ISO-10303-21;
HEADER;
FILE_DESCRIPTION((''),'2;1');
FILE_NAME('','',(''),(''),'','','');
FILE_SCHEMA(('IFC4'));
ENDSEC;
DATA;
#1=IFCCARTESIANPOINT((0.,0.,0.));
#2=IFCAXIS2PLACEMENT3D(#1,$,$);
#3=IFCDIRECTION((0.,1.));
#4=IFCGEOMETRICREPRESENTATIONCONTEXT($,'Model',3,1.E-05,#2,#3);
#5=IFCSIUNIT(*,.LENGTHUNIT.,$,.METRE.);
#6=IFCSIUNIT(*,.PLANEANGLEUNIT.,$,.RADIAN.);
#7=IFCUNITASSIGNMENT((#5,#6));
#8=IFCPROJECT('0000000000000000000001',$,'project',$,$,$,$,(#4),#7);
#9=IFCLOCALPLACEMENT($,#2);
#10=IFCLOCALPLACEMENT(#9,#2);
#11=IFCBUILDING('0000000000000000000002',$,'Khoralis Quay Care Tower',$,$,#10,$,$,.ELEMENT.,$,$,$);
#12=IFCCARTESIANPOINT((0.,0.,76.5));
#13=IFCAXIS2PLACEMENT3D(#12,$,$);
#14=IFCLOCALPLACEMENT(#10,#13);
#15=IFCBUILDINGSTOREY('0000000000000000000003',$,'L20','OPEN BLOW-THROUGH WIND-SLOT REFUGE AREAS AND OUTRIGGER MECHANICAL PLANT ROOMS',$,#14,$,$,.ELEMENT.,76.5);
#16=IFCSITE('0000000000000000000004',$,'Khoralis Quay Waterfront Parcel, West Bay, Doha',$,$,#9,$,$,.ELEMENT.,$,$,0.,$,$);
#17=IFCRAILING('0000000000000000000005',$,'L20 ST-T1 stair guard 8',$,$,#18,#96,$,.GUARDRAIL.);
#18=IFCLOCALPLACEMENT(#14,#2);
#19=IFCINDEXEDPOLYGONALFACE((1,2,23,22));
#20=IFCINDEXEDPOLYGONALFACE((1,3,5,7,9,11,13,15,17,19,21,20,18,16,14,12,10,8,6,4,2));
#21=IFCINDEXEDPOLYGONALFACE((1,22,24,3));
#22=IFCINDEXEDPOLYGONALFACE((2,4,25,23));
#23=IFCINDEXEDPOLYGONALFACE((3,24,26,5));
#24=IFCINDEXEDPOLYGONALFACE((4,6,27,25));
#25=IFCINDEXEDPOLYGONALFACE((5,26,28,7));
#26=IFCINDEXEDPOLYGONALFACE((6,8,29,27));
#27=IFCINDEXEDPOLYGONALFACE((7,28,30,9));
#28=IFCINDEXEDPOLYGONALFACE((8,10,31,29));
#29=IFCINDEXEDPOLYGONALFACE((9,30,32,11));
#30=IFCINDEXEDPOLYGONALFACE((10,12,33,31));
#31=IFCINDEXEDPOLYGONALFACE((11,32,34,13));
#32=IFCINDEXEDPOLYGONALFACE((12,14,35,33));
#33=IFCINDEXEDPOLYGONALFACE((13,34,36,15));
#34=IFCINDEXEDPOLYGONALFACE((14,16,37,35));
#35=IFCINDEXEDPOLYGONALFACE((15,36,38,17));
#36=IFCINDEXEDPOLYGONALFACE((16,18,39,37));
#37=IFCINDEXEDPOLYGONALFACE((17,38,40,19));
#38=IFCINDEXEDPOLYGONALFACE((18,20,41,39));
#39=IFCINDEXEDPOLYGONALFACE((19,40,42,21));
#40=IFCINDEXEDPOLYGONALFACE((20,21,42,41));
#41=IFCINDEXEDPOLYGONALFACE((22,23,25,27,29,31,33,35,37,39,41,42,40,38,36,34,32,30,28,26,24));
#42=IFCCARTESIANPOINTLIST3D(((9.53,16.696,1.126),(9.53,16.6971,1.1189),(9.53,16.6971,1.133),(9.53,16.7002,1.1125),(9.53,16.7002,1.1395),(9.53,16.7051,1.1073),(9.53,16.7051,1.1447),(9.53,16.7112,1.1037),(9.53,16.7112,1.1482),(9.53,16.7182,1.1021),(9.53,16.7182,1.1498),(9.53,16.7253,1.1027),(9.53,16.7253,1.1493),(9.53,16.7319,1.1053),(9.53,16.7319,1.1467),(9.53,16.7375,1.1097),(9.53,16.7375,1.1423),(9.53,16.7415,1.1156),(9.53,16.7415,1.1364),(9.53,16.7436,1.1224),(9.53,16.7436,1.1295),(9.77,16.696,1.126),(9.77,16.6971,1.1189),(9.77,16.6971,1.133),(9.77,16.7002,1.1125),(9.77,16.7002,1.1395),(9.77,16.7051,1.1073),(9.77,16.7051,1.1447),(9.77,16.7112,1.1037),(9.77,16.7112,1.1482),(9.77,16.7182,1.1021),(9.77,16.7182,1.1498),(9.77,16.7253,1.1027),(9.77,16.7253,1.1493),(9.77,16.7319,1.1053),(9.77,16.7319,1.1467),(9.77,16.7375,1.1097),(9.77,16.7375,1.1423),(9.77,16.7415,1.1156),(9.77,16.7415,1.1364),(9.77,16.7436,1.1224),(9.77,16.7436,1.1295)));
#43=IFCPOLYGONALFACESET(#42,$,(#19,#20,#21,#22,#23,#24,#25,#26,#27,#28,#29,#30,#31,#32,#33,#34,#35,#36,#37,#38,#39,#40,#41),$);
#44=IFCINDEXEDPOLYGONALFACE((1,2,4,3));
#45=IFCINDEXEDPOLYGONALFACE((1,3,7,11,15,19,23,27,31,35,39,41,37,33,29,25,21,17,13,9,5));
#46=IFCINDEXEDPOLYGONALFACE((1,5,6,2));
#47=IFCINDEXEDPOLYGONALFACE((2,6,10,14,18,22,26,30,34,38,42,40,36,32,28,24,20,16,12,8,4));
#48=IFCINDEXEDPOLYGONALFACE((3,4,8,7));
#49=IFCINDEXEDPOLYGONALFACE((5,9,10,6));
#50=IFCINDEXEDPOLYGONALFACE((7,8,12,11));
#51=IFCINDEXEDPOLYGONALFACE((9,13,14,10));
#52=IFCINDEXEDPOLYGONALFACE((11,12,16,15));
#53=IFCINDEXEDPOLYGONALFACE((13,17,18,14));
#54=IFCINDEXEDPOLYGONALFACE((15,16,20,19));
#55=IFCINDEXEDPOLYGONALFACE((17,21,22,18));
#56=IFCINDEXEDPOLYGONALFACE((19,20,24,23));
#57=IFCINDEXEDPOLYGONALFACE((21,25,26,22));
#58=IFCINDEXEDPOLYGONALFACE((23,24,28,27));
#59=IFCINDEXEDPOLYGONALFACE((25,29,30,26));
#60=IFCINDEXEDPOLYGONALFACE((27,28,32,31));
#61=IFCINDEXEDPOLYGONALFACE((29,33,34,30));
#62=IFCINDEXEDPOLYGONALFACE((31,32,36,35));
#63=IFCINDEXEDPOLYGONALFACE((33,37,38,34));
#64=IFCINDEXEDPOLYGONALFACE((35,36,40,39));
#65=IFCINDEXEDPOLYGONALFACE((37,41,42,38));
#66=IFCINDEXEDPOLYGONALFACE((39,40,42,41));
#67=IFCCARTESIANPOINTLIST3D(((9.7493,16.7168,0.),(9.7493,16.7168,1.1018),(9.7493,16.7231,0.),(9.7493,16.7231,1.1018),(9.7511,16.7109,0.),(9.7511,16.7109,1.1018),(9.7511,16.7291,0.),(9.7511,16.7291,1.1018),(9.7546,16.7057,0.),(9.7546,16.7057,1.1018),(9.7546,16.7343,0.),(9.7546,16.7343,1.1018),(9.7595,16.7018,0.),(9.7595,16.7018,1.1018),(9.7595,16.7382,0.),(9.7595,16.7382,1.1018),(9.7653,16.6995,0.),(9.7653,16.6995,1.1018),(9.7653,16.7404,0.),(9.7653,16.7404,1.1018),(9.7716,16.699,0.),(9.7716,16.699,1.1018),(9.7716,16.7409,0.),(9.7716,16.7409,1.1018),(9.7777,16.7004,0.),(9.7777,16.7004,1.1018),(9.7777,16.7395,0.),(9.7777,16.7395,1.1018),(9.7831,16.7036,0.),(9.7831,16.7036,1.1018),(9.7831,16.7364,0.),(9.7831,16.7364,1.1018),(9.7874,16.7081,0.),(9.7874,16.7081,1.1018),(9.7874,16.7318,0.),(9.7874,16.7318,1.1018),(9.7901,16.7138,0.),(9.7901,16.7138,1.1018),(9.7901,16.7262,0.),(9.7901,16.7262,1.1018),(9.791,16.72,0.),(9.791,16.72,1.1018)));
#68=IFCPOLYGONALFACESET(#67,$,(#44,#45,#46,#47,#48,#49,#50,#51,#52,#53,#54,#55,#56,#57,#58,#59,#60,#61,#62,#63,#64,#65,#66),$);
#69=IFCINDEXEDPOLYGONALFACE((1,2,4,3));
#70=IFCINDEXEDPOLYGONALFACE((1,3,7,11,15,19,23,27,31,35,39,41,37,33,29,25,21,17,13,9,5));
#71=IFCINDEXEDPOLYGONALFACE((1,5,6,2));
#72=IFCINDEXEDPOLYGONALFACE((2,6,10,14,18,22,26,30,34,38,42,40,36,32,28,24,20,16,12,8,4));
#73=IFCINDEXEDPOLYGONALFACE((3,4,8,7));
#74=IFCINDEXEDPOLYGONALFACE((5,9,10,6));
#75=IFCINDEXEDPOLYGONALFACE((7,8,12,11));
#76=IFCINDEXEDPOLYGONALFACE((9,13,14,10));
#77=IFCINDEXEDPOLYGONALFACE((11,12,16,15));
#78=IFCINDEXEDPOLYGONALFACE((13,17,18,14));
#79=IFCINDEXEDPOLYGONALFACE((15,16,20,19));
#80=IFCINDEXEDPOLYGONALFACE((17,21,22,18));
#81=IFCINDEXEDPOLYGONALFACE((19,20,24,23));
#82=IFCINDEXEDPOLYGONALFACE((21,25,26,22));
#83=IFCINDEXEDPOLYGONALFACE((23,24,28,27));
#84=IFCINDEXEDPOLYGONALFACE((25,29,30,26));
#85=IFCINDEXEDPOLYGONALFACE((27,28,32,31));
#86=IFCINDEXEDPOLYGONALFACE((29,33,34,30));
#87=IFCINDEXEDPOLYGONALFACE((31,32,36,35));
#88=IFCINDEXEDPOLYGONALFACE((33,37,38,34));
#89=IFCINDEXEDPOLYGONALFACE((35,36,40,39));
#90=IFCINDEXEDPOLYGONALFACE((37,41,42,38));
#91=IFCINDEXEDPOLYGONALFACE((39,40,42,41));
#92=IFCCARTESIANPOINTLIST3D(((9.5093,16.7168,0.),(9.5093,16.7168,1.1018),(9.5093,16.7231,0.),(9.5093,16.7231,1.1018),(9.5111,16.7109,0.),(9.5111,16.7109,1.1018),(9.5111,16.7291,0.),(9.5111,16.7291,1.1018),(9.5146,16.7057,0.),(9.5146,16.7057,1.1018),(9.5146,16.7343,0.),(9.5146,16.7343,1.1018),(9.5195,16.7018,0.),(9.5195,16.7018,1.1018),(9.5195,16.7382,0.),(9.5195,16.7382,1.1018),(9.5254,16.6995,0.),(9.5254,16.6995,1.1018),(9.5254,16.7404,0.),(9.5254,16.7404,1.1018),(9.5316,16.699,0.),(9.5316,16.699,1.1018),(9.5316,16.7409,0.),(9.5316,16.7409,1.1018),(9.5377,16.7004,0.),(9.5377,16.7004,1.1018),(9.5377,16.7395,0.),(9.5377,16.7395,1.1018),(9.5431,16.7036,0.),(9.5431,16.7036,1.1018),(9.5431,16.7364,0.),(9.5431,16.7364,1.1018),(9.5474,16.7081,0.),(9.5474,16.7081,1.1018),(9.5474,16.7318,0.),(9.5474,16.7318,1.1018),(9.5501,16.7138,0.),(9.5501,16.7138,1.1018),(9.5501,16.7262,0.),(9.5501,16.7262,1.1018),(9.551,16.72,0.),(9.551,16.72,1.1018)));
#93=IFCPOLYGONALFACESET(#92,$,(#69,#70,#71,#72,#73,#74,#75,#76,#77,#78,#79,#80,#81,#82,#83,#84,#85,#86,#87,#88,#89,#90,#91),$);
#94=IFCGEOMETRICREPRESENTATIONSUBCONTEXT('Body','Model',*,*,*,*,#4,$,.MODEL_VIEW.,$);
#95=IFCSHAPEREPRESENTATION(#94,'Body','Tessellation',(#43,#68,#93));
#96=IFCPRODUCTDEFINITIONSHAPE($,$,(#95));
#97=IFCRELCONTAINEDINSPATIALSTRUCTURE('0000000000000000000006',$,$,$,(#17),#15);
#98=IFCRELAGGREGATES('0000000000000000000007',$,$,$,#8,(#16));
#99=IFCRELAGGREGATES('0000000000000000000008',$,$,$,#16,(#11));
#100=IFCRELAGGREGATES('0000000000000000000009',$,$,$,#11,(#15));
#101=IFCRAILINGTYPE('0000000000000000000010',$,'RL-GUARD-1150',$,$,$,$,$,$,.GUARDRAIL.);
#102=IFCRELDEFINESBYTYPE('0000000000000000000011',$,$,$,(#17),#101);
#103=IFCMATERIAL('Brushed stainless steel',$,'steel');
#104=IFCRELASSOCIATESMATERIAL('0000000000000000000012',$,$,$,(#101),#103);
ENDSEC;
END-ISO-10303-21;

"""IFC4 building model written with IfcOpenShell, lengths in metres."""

from ifc_helpers import new_model, si_unit, direction, frame, origin, origin_2d, place, context, subcontext, project, spatial, circle, extrude, material, type_object, element, save


model = new_model("IFC4")

# Units and contexts
model_context = context("Model", 3, precision=1e-05, world=origin(), true_north=direction((0.0, 1.0)))
body_context = subcontext(model_context, "Body", "Model", "MODEL_VIEW")
ifc_project = project(units=[si_unit("LENGTHUNIT", "METRE"), si_unit("PLANEANGLEUNIT", "RADIAN")], contexts=[model_context])

# Site, building, storey
site_placement = place(None, origin())
site = spatial("IfcSite", under=ifc_project, at=site_placement, Name="Khoralis Quay Waterfront Parcel, West Bay, Doha", CompositionType="ELEMENT", RefElevation=0.0)
building_placement = place(site_placement, origin())
building = spatial("IfcBuilding", under=site, at=building_placement, Name="Khoralis Quay Care Tower", CompositionType="ELEMENT")
storey_placement = place(building_placement, frame((0.0, 0.0, 76.5)))
storey = spatial("IfcBuildingStorey", under=building, at=storey_placement, Name="L20", Description="OPEN BLOW-THROUGH WIND-SLOT REFUGE AREAS AND OUTRIGGER MECHANICAL PLANT ROOMS", CompositionType="ELEMENT", Elevation=76.5)

# Shared definitions
ifc_material_1 = material(Name="Brushed stainless steel", Category="steel")

# Railing
railing_type = type_object("IfcRailingType", Name="RL-GUARD-1150", PredefinedType="GUARDRAIL", material=ifc_material_1)
railing_1_placement = place(storey_placement, frame((9.77, 16.72, 0.0)))
element("IfcRailing", 1, at=railing_1_placement, inside=storey, type_object=railing_type, Name="L20 ST-T1 stair guard 8", PredefinedType="GUARDRAIL", context=body_context, shape_type="SweptSolid", body=[
    extrude(circle(Radius=0.0239, at=origin_2d()), frame((0.0, 0.0, 1.126), z_axis=(-1.0, 0.0, 0.0), x_axis=(0.0, -1.0, 0.0)), (0.0, 0.0, 1.0), 0.24),
    extrude(circle(Radius=0.021, at=origin_2d()), origin(), (0.0, 0.0, 1.0), 1.1018),
    extrude(circle(Radius=0.021, at=origin_2d()), frame((-0.24, 0.0, 0.0)), (0.0, 0.0, 1.0), 1.1018),
])

save(model, "model.ifc")
